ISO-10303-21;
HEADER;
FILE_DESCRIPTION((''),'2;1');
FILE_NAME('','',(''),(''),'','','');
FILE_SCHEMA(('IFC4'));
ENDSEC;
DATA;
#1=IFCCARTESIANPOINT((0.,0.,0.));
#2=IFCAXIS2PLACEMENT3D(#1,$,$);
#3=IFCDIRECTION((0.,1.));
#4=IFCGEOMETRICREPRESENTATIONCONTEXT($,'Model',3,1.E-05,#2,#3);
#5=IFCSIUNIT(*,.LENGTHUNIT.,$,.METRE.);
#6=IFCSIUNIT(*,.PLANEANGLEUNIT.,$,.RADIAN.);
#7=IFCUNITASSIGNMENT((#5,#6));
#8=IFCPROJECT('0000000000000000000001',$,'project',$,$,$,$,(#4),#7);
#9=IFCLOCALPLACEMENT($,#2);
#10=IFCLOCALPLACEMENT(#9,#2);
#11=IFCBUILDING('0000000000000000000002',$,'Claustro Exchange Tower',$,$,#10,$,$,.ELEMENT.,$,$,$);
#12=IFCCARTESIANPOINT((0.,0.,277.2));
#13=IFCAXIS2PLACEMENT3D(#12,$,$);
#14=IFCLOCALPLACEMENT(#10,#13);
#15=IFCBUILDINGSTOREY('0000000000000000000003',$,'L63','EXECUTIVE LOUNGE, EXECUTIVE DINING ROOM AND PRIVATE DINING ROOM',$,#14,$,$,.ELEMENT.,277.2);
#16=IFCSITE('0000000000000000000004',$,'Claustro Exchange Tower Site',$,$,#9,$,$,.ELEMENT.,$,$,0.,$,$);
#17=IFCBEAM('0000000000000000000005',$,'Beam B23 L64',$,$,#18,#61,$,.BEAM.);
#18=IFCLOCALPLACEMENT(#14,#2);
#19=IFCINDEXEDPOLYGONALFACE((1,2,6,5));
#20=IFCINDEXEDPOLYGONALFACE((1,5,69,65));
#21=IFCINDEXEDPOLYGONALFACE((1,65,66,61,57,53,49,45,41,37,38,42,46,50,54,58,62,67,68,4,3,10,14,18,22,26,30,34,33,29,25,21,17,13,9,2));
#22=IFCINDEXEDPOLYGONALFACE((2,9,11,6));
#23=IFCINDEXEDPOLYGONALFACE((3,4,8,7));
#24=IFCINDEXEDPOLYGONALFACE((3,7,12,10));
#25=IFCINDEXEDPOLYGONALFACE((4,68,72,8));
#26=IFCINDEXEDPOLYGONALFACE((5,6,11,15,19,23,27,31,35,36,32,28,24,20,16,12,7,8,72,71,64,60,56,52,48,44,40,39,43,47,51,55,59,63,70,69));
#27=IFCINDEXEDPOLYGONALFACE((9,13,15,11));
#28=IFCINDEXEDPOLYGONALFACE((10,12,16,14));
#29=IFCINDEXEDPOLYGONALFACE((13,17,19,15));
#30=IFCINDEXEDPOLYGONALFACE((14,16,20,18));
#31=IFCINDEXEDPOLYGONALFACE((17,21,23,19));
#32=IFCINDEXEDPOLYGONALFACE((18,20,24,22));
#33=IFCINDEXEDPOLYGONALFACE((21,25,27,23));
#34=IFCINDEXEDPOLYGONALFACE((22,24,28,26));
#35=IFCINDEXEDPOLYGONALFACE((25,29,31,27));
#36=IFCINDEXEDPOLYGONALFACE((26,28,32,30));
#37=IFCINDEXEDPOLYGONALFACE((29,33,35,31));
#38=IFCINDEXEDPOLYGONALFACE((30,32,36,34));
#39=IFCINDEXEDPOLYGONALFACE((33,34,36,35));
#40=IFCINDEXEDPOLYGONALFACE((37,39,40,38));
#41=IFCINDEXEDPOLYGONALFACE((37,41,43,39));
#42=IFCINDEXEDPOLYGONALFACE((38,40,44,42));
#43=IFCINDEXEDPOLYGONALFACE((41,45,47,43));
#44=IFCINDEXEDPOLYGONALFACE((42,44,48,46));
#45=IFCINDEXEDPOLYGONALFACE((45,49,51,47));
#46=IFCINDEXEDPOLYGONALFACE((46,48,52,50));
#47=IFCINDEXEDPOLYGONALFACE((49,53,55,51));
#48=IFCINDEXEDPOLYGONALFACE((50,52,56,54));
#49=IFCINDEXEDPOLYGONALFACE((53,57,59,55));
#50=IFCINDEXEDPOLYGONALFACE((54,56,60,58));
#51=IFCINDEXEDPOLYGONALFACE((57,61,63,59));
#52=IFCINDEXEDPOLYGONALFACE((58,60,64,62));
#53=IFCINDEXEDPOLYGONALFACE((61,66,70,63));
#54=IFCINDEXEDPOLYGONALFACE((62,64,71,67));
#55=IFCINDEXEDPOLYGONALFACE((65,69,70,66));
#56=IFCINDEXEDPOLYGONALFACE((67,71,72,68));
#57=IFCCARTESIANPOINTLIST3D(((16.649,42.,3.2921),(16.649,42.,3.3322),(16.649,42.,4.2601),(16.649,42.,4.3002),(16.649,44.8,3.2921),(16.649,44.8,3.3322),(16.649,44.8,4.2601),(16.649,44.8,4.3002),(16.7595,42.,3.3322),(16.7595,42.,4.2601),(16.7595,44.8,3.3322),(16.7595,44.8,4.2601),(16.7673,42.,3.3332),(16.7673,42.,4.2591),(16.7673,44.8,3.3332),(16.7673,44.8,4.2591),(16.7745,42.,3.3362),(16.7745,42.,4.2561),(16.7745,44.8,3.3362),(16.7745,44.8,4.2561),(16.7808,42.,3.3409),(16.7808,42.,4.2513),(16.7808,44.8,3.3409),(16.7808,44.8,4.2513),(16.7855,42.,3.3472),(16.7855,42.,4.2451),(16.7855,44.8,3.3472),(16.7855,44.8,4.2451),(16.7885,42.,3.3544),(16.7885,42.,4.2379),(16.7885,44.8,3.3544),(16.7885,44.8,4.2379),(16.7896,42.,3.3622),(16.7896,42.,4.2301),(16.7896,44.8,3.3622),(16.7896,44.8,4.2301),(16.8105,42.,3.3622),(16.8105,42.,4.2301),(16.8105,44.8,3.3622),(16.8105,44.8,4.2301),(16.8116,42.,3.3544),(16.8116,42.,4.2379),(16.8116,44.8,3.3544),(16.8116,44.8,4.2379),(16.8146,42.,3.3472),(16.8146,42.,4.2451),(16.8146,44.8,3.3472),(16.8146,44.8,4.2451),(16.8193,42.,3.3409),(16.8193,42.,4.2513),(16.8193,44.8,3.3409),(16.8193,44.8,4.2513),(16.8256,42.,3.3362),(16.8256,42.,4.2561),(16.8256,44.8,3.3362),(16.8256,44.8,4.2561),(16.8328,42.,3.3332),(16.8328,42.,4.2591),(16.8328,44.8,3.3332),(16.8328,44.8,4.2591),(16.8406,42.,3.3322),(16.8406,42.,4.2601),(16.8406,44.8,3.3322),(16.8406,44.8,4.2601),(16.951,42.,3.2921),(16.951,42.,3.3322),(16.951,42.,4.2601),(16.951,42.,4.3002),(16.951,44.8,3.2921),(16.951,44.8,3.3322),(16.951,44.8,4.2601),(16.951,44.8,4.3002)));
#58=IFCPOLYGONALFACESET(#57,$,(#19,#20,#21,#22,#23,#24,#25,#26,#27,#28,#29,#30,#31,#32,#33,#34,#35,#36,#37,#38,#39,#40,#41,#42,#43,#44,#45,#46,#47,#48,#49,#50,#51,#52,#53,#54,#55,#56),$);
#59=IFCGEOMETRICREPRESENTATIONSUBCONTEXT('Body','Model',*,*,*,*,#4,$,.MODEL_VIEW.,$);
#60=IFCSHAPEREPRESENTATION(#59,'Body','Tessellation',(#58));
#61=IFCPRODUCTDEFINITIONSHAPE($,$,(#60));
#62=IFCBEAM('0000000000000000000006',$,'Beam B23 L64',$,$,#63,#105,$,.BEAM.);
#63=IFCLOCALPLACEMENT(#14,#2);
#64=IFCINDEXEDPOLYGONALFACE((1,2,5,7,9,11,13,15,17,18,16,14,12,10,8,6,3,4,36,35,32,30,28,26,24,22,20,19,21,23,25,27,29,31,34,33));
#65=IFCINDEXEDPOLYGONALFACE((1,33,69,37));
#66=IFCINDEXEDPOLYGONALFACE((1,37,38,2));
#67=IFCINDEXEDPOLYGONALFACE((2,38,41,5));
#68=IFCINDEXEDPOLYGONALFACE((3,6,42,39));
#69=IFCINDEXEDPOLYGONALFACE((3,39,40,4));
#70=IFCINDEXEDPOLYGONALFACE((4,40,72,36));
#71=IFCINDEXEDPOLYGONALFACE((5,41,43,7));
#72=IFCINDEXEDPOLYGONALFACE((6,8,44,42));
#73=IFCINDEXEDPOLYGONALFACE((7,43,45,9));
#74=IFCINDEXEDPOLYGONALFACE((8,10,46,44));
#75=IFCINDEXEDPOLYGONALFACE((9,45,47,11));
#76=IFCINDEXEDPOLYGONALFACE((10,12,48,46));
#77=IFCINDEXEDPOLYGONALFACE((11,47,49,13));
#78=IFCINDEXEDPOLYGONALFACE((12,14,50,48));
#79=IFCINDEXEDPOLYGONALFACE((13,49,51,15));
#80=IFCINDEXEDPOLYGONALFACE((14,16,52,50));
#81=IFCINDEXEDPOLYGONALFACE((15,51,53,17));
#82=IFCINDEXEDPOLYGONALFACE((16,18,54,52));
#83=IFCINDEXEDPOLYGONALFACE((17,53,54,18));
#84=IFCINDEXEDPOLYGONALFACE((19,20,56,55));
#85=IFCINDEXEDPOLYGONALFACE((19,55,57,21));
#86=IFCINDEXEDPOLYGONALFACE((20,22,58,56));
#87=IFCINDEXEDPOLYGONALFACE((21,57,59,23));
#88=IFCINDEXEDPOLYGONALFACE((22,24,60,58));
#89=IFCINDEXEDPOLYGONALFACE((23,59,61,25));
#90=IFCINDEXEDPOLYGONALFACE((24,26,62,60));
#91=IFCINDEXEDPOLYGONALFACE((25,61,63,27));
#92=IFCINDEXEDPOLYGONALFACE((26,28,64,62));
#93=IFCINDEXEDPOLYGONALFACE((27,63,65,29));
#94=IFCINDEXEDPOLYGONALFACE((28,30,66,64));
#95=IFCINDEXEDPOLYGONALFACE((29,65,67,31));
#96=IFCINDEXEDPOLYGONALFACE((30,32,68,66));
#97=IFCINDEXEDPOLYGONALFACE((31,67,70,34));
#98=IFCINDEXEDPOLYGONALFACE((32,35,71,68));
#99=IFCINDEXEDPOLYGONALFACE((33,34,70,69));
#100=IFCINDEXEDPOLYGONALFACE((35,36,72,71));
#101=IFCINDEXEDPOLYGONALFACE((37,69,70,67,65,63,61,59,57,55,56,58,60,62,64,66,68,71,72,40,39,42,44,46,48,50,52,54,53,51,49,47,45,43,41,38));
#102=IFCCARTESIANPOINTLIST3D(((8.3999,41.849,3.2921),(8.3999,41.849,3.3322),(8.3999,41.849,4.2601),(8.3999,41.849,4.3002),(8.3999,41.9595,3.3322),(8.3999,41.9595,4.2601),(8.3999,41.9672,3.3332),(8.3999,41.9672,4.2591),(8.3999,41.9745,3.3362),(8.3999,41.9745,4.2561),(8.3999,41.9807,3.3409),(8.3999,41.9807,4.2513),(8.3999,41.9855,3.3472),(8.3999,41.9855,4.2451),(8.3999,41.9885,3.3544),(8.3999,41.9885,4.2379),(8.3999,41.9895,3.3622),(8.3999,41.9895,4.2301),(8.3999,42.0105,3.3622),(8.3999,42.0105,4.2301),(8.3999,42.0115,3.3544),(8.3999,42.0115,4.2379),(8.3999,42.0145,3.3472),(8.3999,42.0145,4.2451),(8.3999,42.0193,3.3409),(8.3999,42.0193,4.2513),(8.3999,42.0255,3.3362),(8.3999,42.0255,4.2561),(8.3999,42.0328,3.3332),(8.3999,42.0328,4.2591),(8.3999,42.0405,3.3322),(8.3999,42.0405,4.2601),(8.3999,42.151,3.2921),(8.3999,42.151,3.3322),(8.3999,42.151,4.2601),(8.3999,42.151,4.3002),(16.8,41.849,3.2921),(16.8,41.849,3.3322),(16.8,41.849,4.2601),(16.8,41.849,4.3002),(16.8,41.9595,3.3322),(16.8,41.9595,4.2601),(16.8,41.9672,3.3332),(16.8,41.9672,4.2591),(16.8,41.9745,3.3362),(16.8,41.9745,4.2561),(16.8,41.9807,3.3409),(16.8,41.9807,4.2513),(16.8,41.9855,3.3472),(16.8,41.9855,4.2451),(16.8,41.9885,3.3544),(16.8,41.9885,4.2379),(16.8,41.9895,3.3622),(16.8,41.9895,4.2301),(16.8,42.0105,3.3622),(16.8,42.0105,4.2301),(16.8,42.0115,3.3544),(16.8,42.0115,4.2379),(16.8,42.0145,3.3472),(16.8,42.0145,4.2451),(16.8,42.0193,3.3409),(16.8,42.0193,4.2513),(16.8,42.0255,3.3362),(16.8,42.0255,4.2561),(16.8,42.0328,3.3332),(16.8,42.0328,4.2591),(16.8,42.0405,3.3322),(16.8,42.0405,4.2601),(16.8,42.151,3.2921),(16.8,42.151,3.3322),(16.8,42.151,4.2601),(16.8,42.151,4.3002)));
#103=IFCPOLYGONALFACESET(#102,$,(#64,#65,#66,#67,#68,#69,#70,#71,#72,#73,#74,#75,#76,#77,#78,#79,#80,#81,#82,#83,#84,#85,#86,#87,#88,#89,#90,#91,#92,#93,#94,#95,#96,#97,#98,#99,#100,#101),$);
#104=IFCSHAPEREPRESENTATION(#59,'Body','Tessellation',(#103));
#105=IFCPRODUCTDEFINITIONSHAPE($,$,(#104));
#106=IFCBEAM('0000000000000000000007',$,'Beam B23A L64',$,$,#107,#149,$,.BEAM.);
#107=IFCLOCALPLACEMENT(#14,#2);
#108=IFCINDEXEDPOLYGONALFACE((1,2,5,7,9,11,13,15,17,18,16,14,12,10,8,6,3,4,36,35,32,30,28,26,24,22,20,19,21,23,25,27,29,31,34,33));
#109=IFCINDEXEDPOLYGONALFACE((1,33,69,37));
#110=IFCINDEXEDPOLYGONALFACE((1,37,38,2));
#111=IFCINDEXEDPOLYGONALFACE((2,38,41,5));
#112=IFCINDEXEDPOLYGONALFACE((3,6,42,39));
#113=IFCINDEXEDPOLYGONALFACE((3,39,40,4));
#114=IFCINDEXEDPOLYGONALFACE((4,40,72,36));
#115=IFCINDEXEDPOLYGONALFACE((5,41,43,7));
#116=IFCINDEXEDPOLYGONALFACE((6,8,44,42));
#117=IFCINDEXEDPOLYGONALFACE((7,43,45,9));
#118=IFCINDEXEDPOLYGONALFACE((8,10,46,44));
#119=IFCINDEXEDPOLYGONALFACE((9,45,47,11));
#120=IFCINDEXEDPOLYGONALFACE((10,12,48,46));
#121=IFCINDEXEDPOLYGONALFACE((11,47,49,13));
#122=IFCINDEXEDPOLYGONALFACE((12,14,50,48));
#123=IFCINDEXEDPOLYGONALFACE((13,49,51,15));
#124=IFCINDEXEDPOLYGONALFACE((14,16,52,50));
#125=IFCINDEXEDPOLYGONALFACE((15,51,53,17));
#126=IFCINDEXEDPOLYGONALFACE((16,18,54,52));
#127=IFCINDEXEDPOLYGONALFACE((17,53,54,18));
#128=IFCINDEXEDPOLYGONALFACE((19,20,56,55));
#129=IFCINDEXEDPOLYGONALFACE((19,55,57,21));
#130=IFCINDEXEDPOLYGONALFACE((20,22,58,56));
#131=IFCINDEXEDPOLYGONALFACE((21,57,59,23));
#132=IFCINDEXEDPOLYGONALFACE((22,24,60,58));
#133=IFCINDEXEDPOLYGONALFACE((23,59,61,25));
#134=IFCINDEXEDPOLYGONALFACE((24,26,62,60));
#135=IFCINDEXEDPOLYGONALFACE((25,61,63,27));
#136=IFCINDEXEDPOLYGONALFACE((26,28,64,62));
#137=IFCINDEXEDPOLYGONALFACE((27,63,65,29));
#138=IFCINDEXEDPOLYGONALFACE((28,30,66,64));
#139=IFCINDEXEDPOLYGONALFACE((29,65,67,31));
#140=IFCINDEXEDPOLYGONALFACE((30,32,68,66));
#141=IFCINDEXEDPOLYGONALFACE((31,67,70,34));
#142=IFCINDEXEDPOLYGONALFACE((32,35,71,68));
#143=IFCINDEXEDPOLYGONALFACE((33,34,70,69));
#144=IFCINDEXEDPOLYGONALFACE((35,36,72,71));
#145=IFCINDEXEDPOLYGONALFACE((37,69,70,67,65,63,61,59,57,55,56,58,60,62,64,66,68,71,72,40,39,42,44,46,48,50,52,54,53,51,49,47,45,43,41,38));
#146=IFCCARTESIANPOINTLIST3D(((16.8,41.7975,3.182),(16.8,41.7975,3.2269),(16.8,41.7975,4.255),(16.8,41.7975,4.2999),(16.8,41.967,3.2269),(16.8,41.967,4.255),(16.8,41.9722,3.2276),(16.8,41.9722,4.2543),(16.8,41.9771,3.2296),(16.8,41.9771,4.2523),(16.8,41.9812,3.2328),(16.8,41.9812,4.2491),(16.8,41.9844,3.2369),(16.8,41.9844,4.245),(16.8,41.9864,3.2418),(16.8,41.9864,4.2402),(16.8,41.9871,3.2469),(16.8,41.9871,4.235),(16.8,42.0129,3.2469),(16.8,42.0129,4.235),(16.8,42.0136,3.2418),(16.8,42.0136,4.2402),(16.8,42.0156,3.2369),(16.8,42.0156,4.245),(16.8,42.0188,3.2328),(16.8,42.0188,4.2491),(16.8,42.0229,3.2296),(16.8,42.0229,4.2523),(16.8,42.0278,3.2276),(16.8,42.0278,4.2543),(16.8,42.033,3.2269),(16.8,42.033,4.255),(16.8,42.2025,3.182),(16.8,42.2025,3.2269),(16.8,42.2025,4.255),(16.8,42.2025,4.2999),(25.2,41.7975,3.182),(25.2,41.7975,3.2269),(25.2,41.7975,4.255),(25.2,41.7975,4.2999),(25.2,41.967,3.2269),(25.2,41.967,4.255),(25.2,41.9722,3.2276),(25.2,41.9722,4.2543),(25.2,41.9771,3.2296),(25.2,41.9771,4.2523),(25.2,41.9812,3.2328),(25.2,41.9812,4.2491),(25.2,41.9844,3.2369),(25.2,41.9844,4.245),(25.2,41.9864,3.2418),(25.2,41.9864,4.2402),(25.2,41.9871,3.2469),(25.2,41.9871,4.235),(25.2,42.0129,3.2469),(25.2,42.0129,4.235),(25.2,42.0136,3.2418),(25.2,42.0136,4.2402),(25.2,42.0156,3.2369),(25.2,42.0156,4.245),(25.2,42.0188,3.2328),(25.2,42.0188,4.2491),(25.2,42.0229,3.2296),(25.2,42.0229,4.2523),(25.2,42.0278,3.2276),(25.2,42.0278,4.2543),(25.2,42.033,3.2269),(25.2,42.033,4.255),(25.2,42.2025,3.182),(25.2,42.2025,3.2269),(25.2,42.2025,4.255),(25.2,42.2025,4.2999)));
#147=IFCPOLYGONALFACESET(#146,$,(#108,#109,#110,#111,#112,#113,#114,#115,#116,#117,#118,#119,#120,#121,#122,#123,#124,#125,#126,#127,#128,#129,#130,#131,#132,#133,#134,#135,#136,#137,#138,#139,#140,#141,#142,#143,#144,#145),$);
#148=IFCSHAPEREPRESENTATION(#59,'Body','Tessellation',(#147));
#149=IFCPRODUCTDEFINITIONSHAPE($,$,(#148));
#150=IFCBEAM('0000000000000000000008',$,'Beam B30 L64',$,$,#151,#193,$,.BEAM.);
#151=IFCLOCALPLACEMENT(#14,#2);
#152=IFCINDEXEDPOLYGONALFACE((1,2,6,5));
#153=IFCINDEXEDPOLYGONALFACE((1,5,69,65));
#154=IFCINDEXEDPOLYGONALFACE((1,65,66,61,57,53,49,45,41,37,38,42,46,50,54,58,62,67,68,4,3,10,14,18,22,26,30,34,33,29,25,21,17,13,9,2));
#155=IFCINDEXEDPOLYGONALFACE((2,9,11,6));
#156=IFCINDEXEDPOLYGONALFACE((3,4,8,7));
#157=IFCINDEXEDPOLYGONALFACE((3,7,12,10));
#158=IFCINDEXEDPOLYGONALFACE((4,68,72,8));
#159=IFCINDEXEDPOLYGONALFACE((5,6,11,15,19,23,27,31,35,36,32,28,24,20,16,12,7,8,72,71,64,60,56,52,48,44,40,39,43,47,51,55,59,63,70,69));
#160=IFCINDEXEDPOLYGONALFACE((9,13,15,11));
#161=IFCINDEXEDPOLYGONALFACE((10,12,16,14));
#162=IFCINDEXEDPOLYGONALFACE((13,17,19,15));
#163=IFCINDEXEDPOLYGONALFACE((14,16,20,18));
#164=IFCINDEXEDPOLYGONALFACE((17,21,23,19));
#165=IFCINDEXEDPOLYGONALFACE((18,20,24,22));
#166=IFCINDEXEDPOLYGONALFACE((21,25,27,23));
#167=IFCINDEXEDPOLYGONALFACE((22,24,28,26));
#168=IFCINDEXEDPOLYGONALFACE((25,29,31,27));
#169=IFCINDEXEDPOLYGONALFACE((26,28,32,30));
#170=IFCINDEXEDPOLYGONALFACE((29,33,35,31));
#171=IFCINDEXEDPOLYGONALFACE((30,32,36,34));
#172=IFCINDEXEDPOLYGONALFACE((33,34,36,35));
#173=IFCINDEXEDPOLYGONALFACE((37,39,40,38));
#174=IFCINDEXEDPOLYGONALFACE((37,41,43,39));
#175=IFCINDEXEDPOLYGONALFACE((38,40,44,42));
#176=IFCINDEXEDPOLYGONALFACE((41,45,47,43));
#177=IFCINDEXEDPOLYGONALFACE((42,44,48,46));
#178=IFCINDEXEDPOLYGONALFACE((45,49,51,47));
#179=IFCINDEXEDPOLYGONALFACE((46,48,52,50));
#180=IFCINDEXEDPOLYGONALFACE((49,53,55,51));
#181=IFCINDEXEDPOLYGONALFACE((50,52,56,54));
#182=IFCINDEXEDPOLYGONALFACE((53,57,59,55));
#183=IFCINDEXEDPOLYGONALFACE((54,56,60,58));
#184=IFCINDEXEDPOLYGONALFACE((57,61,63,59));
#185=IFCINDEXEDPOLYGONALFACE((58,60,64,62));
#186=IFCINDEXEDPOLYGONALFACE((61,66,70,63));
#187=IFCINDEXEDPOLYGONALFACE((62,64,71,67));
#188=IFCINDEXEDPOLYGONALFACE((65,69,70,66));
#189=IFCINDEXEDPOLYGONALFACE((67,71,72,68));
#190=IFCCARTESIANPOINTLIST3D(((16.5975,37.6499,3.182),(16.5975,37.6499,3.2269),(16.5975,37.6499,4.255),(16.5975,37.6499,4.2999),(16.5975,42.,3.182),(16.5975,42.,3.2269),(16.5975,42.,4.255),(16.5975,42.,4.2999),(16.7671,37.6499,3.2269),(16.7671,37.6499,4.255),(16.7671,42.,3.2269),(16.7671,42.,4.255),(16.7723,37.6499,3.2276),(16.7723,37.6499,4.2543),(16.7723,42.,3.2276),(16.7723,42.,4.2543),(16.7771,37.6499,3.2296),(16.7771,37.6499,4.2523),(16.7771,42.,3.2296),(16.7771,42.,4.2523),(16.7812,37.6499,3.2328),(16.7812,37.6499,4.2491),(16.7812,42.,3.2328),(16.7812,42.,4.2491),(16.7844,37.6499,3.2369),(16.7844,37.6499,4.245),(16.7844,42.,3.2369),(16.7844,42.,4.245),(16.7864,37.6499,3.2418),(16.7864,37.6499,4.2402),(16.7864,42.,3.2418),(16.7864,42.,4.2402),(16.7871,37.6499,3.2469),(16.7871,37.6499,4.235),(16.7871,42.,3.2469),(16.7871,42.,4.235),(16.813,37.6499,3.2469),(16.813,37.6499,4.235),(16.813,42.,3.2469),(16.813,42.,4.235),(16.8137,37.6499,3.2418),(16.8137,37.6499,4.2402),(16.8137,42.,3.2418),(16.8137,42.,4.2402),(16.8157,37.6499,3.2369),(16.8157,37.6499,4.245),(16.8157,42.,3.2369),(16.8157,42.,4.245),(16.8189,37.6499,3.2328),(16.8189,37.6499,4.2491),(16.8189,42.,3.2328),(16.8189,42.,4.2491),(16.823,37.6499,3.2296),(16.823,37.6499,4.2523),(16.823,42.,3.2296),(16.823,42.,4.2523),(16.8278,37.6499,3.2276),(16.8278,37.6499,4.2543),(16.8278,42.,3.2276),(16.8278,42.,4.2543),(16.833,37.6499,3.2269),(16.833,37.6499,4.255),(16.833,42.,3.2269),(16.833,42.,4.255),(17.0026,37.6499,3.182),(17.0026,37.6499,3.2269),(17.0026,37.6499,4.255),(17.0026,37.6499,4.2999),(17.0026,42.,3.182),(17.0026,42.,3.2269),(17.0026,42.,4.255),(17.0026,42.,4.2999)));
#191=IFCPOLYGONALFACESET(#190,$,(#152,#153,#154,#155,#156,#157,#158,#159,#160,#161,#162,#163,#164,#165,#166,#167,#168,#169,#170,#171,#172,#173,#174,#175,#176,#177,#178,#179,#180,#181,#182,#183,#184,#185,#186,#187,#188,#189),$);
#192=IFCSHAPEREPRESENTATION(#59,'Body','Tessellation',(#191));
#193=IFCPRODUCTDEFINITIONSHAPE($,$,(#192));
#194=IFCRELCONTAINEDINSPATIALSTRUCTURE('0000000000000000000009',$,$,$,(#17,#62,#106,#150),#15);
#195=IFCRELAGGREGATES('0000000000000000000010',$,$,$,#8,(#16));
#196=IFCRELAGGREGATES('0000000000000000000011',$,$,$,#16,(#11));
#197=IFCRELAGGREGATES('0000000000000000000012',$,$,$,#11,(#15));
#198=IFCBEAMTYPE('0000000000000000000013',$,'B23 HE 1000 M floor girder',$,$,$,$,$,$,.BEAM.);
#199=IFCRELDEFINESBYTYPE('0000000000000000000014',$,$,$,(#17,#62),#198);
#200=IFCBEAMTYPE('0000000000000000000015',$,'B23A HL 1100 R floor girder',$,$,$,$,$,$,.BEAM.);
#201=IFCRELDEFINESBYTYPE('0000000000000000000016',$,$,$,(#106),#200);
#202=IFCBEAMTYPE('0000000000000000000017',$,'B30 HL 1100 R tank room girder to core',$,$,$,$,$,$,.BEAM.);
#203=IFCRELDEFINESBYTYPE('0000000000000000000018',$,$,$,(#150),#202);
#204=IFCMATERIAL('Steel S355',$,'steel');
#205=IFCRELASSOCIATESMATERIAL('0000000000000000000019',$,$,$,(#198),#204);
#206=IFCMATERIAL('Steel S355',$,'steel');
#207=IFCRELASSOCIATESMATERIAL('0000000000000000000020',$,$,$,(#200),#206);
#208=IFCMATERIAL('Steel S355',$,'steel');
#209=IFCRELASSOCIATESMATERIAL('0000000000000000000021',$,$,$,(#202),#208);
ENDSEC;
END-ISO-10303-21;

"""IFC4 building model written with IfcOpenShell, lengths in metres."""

from ifc_helpers import new_model, si_unit, direction, frame, origin, origin_2d, place, context, subcontext, project, spatial, i_section, extrude, material, material_profile, profile_set, type_object, element, save


model = new_model("IFC4")

# Units and contexts
model_context = context("Model", 3, precision=1e-05, world=origin(), true_north=direction((0.0, 1.0)))
body_context = subcontext(model_context, "Body", "Model", "MODEL_VIEW")
ifc_project = project(units=[si_unit("LENGTHUNIT", "METRE"), si_unit("PLANEANGLEUNIT", "RADIAN")], contexts=[model_context])

# Site, building, storey
site_placement = place(None, origin())
site = spatial("IfcSite", under=ifc_project, at=site_placement, Name="Claustro Exchange Tower Site", CompositionType="ELEMENT", RefElevation=0.0)
building_placement = place(site_placement, origin())
building = spatial("IfcBuilding", under=site, at=building_placement, Name="Claustro Exchange Tower", CompositionType="ELEMENT")
storey_placement = place(building_placement, frame((0.0, 0.0, 277.2)))
storey = spatial("IfcBuildingStorey", under=building, at=storey_placement, Name="L63", Description="EXECUTIVE LOUNGE, EXECUTIVE DINING ROOM AND PRIVATE DINING ROOM", CompositionType="ELEMENT", Elevation=277.2)

# Beams
ifc_material_1 = material(Name="Steel S355", Category="steel")
ifc_material_profile_1 = material_profile(ifc_material_1, i_section(OverallWidth=0.302, OverallDepth=1.0081, WebThickness=0.021, FlangeThickness=0.04, FilletRadius=0.03, at=origin_2d()), Name="HE 1000 M")
ifc_profile_set_1 = profile_set([ifc_material_profile_1], Name="Steel S355")
beam_type_1 = type_object("IfcBeamType", Name="B23 HE 1000 M floor girder", PredefinedType="BEAM", material=ifc_profile_set_1)
for number, where, z_axis, x_axis, name in (
    (1, (16.8, 42.0, 3.7961), (0.0, 1.0, 0.0), (-1.0, 0.0, 0.0), "Beam B23 L64"),
):
    element("IfcBeam", number, at=place(storey_placement, frame(where, z_axis=z_axis, x_axis=x_axis)), inside=storey, type_object=beam_type_1, Name=name, PredefinedType="BEAM", context=body_context, shape_type="SweptSolid", body=[
        extrude(i_section(OverallWidth=0.302, OverallDepth=1.0081, WebThickness=0.021, FlangeThickness=0.04, FilletRadius=0.03, at=origin_2d()), origin(), (0.0, 0.0, 1.0), 2.8),
    ])
beam_1_placement = place(storey_placement, frame((8.3999, 42.0, 3.7961), z_axis=(1.0, 0.0, 0.0), x_axis=(0.0, 1.0, 0.0)))
element("IfcBeam", 2, at=beam_1_placement, inside=storey, type_object=beam_type_1, Name="Beam B23 L64", PredefinedType="BEAM", context=body_context, shape_type="SweptSolid", body=[
    extrude(i_section(OverallWidth=0.302, OverallDepth=1.0081, WebThickness=0.021, FlangeThickness=0.04, FilletRadius=0.03, at=origin_2d()), origin(), (0.0, 0.0, 1.0), 8.4001),
])
ifc_material_2 = material(Name="Steel S355", Category="steel")
ifc_material_profile_2 = material_profile(ifc_material_2, i_section(OverallWidth=0.405, OverallDepth=1.1179, WebThickness=0.0259, FlangeThickness=0.0449, FilletRadius=0.02, at=origin_2d()), Name="HL 1100 R")
ifc_profile_set_2 = profile_set([ifc_material_profile_2], Name="Steel S355")
beam_type_2 = type_object("IfcBeamType", Name="B23A HL 1100 R floor girder", PredefinedType="BEAM", material=ifc_profile_set_2)
beam_2_placement = place(storey_placement, frame((16.8, 42.0, 3.741), z_axis=(1.0, 0.0, 0.0), x_axis=(0.0, 1.0, 0.0)))
element("IfcBeam", 3, at=beam_2_placement, inside=storey, type_object=beam_type_2, Name="Beam B23A L64", PredefinedType="BEAM", context=body_context, shape_type="SweptSolid", body=[
    extrude(i_section(OverallWidth=0.405, OverallDepth=1.1179, WebThickness=0.0259, FlangeThickness=0.0449, FilletRadius=0.02, at=origin_2d()), origin(), (0.0, 0.0, 1.0), 8.3999),
])
ifc_material_3 = material(Name="Steel S355", Category="steel")
ifc_material_profile_3 = material_profile(ifc_material_3, i_section(OverallWidth=0.405, OverallDepth=1.1179, WebThickness=0.0259, FlangeThickness=0.0449, FilletRadius=0.02, at=origin_2d()), Name="HL 1100 R")
ifc_profile_set_3 = profile_set([ifc_material_profile_3], Name="Steel S355")
beam_type_3 = type_object("IfcBeamType", Name="B30 HL 1100 R tank room girder to core", PredefinedType="BEAM", material=ifc_profile_set_3)
beam_3_placement = place(storey_placement, frame((16.8, 37.6499, 3.741), z_axis=(0.0, 1.0, 0.0), x_axis=(-1.0, 0.0, 0.0)))
element("IfcBeam", 4, at=beam_3_placement, inside=storey, type_object=beam_type_3, Name="Beam B30 L64", PredefinedType="BEAM", context=body_context, shape_type="SweptSolid", body=[
    extrude(i_section(OverallWidth=0.405, OverallDepth=1.1179, WebThickness=0.0259, FlangeThickness=0.0449, FilletRadius=0.02, at=origin_2d()), origin(), (0.0, 0.0, 1.0), 4.3501),
])

save(model, "model.ifc")
